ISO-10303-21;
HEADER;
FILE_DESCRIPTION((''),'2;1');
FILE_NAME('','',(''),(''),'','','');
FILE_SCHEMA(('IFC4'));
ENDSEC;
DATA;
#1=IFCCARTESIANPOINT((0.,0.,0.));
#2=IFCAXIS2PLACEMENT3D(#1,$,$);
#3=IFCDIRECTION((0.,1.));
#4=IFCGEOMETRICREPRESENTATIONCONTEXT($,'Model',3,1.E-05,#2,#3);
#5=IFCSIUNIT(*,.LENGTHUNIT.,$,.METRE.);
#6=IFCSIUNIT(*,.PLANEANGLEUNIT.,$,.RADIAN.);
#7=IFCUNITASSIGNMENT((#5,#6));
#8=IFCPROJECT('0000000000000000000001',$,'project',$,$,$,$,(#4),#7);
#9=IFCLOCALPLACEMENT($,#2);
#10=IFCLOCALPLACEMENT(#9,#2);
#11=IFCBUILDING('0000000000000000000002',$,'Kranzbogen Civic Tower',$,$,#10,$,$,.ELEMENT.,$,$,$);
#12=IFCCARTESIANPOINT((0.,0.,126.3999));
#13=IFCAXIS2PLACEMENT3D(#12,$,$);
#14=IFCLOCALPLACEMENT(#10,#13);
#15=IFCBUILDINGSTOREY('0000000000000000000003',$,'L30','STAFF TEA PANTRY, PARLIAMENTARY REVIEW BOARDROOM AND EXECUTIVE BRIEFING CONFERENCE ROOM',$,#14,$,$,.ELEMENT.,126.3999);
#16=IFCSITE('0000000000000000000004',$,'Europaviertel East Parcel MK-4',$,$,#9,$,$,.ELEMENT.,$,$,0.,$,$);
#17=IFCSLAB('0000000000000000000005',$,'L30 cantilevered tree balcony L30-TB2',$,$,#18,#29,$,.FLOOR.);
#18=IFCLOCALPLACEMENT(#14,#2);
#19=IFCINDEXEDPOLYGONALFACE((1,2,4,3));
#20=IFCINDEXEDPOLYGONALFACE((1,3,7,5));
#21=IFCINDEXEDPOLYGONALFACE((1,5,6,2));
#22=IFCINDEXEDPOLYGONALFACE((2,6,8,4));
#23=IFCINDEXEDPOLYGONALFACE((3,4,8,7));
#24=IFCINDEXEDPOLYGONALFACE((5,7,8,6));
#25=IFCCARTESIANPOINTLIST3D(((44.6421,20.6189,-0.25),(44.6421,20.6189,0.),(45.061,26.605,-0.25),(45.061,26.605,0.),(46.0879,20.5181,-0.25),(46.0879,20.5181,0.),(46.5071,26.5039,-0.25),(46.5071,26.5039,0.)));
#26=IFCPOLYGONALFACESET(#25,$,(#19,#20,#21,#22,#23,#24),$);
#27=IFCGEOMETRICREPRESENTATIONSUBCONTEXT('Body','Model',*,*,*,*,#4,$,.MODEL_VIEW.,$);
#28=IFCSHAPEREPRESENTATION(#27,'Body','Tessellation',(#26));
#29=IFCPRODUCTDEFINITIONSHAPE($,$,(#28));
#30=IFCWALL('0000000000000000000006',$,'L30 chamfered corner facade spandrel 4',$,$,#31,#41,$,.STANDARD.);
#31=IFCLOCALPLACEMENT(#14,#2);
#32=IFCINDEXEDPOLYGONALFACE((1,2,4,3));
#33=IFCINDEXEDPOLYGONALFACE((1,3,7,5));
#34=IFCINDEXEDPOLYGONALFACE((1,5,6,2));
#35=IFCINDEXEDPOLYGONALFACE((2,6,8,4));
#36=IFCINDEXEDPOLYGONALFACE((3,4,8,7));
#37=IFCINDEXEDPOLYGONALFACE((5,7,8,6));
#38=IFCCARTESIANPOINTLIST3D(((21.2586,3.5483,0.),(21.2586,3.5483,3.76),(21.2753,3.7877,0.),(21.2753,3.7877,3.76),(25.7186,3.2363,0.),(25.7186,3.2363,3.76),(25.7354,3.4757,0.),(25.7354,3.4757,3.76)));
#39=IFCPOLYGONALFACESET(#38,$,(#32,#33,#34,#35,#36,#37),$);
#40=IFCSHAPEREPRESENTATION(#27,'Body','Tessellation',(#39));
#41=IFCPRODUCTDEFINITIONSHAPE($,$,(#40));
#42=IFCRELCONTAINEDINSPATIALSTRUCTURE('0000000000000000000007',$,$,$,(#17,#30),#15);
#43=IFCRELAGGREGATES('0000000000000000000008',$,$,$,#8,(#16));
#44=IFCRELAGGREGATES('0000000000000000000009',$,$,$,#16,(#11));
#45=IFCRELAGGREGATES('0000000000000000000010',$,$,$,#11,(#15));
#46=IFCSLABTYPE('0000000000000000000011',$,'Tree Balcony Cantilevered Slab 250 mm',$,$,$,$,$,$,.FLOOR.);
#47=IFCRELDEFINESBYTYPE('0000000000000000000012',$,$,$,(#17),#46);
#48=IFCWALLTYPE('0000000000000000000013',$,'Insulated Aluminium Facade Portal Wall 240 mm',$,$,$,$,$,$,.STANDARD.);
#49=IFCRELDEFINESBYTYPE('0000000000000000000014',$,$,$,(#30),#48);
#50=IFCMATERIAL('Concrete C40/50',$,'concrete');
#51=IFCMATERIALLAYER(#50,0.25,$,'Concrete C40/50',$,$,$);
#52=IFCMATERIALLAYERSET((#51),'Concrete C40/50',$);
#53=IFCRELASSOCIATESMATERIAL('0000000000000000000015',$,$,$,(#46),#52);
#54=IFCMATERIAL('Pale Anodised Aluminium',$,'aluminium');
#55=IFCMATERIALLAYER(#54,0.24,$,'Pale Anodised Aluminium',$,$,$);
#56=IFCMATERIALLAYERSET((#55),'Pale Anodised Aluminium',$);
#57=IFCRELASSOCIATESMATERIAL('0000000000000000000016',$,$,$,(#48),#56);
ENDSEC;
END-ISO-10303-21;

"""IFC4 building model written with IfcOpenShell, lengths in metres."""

from ifc_helpers import new_model, si_unit, direction, frame, frame_2d, origin, place, context, subcontext, project, spatial, polyline, rectangle, outline, extrude, material, layer, layer_set, type_object, element, save


model = new_model("IFC4")

# Units and contexts
model_context = context("Model", 3, precision=1e-05, world=origin(), true_north=direction((0.0, 1.0)))
body_context = subcontext(model_context, "Body", "Model", "MODEL_VIEW")
ifc_project = project(units=[si_unit("LENGTHUNIT", "METRE"), si_unit("PLANEANGLEUNIT", "RADIAN")], contexts=[model_context])

# Site, building, storey
site_placement = place(None, origin())
site = spatial("IfcSite", under=ifc_project, at=site_placement, Name="Europaviertel East Parcel MK-4", CompositionType="ELEMENT", RefElevation=0.0)
building_placement = place(site_placement, origin())
building = spatial("IfcBuilding", under=site, at=building_placement, Name="Kranzbogen Civic Tower", CompositionType="ELEMENT")
storey_placement = place(building_placement, frame((0.0, 0.0, 126.3999)))
storey = spatial("IfcBuildingStorey", under=building, at=storey_placement, Name="L30", Description="STAFF TEA PANTRY, PARLIAMENTARY REVIEW BOARDROOM AND EXECUTIVE BRIEFING CONFERENCE ROOM", CompositionType="ELEMENT", Elevation=126.3999)

# Shared definitions
ifc_material_1 = material(Name="Pale Anodised Aluminium", Category="aluminium")

# Shared definitions
ifc_material_2 = material(Name="Concrete C40/50", Category="concrete")

# Slab
ifc_layer_1 = layer(ifc_material_2, 0.25, Name="Concrete C40/50")
ifc_layer_set_1 = layer_set([ifc_layer_1], Name="Concrete C40/50")
slab_type_1 = type_object("IfcSlabType", Name="Tree Balcony Cantilevered Slab 250 mm", PredefinedType="FLOOR", material=ifc_layer_set_1)
slab_1_placement = place(storey_placement, frame((0.0, 0.0, -0.25)))
element("IfcSlab", 1, at=slab_1_placement, inside=storey, type_object=slab_type_1, Name="L30 cantilevered tree balcony L30-TB2", PredefinedType="FLOOR", context=body_context, shape_type="SweptSolid", body=[
    extrude(outline(polyline([(44.6421, 20.6189), (45.061, 26.605), (46.5071, 26.5039), (46.0879, 20.5181), (44.6421, 20.6189)])), origin(), (0.0, 0.0, 1.0), 0.25),
])

# Wall
ifc_layer_2 = layer(ifc_material_1, 0.24, Name="Pale Anodised Aluminium")
ifc_layer_set_2 = layer_set([ifc_layer_2], Name="Pale Anodised Aluminium")
wall_type = type_object("IfcWallType", Name="Insulated Aluminium Facade Portal Wall 240 mm", PredefinedType="STANDARD", material=ifc_layer_set_2)
wall_placement = place(storey_placement, frame((21.2671, 3.668, 0.0), z_axis=(0.0, 0.0, 1.0), x_axis=(0.997562, -0.069788, 0.0)))
element("IfcWall", 2, at=wall_placement, inside=storey, type_object=wall_type, Name="L30 chamfered corner facade spandrel 4", PredefinedType="STANDARD", context=body_context, shape_type="SweptSolid", body=[
    extrude(rectangle(XDim=4.4709, YDim=0.24, at=frame_2d((2.2354, 0.0))), origin(), (0.0, 0.0, 1.0), 3.76),
])

save(model, "model.ifc")
